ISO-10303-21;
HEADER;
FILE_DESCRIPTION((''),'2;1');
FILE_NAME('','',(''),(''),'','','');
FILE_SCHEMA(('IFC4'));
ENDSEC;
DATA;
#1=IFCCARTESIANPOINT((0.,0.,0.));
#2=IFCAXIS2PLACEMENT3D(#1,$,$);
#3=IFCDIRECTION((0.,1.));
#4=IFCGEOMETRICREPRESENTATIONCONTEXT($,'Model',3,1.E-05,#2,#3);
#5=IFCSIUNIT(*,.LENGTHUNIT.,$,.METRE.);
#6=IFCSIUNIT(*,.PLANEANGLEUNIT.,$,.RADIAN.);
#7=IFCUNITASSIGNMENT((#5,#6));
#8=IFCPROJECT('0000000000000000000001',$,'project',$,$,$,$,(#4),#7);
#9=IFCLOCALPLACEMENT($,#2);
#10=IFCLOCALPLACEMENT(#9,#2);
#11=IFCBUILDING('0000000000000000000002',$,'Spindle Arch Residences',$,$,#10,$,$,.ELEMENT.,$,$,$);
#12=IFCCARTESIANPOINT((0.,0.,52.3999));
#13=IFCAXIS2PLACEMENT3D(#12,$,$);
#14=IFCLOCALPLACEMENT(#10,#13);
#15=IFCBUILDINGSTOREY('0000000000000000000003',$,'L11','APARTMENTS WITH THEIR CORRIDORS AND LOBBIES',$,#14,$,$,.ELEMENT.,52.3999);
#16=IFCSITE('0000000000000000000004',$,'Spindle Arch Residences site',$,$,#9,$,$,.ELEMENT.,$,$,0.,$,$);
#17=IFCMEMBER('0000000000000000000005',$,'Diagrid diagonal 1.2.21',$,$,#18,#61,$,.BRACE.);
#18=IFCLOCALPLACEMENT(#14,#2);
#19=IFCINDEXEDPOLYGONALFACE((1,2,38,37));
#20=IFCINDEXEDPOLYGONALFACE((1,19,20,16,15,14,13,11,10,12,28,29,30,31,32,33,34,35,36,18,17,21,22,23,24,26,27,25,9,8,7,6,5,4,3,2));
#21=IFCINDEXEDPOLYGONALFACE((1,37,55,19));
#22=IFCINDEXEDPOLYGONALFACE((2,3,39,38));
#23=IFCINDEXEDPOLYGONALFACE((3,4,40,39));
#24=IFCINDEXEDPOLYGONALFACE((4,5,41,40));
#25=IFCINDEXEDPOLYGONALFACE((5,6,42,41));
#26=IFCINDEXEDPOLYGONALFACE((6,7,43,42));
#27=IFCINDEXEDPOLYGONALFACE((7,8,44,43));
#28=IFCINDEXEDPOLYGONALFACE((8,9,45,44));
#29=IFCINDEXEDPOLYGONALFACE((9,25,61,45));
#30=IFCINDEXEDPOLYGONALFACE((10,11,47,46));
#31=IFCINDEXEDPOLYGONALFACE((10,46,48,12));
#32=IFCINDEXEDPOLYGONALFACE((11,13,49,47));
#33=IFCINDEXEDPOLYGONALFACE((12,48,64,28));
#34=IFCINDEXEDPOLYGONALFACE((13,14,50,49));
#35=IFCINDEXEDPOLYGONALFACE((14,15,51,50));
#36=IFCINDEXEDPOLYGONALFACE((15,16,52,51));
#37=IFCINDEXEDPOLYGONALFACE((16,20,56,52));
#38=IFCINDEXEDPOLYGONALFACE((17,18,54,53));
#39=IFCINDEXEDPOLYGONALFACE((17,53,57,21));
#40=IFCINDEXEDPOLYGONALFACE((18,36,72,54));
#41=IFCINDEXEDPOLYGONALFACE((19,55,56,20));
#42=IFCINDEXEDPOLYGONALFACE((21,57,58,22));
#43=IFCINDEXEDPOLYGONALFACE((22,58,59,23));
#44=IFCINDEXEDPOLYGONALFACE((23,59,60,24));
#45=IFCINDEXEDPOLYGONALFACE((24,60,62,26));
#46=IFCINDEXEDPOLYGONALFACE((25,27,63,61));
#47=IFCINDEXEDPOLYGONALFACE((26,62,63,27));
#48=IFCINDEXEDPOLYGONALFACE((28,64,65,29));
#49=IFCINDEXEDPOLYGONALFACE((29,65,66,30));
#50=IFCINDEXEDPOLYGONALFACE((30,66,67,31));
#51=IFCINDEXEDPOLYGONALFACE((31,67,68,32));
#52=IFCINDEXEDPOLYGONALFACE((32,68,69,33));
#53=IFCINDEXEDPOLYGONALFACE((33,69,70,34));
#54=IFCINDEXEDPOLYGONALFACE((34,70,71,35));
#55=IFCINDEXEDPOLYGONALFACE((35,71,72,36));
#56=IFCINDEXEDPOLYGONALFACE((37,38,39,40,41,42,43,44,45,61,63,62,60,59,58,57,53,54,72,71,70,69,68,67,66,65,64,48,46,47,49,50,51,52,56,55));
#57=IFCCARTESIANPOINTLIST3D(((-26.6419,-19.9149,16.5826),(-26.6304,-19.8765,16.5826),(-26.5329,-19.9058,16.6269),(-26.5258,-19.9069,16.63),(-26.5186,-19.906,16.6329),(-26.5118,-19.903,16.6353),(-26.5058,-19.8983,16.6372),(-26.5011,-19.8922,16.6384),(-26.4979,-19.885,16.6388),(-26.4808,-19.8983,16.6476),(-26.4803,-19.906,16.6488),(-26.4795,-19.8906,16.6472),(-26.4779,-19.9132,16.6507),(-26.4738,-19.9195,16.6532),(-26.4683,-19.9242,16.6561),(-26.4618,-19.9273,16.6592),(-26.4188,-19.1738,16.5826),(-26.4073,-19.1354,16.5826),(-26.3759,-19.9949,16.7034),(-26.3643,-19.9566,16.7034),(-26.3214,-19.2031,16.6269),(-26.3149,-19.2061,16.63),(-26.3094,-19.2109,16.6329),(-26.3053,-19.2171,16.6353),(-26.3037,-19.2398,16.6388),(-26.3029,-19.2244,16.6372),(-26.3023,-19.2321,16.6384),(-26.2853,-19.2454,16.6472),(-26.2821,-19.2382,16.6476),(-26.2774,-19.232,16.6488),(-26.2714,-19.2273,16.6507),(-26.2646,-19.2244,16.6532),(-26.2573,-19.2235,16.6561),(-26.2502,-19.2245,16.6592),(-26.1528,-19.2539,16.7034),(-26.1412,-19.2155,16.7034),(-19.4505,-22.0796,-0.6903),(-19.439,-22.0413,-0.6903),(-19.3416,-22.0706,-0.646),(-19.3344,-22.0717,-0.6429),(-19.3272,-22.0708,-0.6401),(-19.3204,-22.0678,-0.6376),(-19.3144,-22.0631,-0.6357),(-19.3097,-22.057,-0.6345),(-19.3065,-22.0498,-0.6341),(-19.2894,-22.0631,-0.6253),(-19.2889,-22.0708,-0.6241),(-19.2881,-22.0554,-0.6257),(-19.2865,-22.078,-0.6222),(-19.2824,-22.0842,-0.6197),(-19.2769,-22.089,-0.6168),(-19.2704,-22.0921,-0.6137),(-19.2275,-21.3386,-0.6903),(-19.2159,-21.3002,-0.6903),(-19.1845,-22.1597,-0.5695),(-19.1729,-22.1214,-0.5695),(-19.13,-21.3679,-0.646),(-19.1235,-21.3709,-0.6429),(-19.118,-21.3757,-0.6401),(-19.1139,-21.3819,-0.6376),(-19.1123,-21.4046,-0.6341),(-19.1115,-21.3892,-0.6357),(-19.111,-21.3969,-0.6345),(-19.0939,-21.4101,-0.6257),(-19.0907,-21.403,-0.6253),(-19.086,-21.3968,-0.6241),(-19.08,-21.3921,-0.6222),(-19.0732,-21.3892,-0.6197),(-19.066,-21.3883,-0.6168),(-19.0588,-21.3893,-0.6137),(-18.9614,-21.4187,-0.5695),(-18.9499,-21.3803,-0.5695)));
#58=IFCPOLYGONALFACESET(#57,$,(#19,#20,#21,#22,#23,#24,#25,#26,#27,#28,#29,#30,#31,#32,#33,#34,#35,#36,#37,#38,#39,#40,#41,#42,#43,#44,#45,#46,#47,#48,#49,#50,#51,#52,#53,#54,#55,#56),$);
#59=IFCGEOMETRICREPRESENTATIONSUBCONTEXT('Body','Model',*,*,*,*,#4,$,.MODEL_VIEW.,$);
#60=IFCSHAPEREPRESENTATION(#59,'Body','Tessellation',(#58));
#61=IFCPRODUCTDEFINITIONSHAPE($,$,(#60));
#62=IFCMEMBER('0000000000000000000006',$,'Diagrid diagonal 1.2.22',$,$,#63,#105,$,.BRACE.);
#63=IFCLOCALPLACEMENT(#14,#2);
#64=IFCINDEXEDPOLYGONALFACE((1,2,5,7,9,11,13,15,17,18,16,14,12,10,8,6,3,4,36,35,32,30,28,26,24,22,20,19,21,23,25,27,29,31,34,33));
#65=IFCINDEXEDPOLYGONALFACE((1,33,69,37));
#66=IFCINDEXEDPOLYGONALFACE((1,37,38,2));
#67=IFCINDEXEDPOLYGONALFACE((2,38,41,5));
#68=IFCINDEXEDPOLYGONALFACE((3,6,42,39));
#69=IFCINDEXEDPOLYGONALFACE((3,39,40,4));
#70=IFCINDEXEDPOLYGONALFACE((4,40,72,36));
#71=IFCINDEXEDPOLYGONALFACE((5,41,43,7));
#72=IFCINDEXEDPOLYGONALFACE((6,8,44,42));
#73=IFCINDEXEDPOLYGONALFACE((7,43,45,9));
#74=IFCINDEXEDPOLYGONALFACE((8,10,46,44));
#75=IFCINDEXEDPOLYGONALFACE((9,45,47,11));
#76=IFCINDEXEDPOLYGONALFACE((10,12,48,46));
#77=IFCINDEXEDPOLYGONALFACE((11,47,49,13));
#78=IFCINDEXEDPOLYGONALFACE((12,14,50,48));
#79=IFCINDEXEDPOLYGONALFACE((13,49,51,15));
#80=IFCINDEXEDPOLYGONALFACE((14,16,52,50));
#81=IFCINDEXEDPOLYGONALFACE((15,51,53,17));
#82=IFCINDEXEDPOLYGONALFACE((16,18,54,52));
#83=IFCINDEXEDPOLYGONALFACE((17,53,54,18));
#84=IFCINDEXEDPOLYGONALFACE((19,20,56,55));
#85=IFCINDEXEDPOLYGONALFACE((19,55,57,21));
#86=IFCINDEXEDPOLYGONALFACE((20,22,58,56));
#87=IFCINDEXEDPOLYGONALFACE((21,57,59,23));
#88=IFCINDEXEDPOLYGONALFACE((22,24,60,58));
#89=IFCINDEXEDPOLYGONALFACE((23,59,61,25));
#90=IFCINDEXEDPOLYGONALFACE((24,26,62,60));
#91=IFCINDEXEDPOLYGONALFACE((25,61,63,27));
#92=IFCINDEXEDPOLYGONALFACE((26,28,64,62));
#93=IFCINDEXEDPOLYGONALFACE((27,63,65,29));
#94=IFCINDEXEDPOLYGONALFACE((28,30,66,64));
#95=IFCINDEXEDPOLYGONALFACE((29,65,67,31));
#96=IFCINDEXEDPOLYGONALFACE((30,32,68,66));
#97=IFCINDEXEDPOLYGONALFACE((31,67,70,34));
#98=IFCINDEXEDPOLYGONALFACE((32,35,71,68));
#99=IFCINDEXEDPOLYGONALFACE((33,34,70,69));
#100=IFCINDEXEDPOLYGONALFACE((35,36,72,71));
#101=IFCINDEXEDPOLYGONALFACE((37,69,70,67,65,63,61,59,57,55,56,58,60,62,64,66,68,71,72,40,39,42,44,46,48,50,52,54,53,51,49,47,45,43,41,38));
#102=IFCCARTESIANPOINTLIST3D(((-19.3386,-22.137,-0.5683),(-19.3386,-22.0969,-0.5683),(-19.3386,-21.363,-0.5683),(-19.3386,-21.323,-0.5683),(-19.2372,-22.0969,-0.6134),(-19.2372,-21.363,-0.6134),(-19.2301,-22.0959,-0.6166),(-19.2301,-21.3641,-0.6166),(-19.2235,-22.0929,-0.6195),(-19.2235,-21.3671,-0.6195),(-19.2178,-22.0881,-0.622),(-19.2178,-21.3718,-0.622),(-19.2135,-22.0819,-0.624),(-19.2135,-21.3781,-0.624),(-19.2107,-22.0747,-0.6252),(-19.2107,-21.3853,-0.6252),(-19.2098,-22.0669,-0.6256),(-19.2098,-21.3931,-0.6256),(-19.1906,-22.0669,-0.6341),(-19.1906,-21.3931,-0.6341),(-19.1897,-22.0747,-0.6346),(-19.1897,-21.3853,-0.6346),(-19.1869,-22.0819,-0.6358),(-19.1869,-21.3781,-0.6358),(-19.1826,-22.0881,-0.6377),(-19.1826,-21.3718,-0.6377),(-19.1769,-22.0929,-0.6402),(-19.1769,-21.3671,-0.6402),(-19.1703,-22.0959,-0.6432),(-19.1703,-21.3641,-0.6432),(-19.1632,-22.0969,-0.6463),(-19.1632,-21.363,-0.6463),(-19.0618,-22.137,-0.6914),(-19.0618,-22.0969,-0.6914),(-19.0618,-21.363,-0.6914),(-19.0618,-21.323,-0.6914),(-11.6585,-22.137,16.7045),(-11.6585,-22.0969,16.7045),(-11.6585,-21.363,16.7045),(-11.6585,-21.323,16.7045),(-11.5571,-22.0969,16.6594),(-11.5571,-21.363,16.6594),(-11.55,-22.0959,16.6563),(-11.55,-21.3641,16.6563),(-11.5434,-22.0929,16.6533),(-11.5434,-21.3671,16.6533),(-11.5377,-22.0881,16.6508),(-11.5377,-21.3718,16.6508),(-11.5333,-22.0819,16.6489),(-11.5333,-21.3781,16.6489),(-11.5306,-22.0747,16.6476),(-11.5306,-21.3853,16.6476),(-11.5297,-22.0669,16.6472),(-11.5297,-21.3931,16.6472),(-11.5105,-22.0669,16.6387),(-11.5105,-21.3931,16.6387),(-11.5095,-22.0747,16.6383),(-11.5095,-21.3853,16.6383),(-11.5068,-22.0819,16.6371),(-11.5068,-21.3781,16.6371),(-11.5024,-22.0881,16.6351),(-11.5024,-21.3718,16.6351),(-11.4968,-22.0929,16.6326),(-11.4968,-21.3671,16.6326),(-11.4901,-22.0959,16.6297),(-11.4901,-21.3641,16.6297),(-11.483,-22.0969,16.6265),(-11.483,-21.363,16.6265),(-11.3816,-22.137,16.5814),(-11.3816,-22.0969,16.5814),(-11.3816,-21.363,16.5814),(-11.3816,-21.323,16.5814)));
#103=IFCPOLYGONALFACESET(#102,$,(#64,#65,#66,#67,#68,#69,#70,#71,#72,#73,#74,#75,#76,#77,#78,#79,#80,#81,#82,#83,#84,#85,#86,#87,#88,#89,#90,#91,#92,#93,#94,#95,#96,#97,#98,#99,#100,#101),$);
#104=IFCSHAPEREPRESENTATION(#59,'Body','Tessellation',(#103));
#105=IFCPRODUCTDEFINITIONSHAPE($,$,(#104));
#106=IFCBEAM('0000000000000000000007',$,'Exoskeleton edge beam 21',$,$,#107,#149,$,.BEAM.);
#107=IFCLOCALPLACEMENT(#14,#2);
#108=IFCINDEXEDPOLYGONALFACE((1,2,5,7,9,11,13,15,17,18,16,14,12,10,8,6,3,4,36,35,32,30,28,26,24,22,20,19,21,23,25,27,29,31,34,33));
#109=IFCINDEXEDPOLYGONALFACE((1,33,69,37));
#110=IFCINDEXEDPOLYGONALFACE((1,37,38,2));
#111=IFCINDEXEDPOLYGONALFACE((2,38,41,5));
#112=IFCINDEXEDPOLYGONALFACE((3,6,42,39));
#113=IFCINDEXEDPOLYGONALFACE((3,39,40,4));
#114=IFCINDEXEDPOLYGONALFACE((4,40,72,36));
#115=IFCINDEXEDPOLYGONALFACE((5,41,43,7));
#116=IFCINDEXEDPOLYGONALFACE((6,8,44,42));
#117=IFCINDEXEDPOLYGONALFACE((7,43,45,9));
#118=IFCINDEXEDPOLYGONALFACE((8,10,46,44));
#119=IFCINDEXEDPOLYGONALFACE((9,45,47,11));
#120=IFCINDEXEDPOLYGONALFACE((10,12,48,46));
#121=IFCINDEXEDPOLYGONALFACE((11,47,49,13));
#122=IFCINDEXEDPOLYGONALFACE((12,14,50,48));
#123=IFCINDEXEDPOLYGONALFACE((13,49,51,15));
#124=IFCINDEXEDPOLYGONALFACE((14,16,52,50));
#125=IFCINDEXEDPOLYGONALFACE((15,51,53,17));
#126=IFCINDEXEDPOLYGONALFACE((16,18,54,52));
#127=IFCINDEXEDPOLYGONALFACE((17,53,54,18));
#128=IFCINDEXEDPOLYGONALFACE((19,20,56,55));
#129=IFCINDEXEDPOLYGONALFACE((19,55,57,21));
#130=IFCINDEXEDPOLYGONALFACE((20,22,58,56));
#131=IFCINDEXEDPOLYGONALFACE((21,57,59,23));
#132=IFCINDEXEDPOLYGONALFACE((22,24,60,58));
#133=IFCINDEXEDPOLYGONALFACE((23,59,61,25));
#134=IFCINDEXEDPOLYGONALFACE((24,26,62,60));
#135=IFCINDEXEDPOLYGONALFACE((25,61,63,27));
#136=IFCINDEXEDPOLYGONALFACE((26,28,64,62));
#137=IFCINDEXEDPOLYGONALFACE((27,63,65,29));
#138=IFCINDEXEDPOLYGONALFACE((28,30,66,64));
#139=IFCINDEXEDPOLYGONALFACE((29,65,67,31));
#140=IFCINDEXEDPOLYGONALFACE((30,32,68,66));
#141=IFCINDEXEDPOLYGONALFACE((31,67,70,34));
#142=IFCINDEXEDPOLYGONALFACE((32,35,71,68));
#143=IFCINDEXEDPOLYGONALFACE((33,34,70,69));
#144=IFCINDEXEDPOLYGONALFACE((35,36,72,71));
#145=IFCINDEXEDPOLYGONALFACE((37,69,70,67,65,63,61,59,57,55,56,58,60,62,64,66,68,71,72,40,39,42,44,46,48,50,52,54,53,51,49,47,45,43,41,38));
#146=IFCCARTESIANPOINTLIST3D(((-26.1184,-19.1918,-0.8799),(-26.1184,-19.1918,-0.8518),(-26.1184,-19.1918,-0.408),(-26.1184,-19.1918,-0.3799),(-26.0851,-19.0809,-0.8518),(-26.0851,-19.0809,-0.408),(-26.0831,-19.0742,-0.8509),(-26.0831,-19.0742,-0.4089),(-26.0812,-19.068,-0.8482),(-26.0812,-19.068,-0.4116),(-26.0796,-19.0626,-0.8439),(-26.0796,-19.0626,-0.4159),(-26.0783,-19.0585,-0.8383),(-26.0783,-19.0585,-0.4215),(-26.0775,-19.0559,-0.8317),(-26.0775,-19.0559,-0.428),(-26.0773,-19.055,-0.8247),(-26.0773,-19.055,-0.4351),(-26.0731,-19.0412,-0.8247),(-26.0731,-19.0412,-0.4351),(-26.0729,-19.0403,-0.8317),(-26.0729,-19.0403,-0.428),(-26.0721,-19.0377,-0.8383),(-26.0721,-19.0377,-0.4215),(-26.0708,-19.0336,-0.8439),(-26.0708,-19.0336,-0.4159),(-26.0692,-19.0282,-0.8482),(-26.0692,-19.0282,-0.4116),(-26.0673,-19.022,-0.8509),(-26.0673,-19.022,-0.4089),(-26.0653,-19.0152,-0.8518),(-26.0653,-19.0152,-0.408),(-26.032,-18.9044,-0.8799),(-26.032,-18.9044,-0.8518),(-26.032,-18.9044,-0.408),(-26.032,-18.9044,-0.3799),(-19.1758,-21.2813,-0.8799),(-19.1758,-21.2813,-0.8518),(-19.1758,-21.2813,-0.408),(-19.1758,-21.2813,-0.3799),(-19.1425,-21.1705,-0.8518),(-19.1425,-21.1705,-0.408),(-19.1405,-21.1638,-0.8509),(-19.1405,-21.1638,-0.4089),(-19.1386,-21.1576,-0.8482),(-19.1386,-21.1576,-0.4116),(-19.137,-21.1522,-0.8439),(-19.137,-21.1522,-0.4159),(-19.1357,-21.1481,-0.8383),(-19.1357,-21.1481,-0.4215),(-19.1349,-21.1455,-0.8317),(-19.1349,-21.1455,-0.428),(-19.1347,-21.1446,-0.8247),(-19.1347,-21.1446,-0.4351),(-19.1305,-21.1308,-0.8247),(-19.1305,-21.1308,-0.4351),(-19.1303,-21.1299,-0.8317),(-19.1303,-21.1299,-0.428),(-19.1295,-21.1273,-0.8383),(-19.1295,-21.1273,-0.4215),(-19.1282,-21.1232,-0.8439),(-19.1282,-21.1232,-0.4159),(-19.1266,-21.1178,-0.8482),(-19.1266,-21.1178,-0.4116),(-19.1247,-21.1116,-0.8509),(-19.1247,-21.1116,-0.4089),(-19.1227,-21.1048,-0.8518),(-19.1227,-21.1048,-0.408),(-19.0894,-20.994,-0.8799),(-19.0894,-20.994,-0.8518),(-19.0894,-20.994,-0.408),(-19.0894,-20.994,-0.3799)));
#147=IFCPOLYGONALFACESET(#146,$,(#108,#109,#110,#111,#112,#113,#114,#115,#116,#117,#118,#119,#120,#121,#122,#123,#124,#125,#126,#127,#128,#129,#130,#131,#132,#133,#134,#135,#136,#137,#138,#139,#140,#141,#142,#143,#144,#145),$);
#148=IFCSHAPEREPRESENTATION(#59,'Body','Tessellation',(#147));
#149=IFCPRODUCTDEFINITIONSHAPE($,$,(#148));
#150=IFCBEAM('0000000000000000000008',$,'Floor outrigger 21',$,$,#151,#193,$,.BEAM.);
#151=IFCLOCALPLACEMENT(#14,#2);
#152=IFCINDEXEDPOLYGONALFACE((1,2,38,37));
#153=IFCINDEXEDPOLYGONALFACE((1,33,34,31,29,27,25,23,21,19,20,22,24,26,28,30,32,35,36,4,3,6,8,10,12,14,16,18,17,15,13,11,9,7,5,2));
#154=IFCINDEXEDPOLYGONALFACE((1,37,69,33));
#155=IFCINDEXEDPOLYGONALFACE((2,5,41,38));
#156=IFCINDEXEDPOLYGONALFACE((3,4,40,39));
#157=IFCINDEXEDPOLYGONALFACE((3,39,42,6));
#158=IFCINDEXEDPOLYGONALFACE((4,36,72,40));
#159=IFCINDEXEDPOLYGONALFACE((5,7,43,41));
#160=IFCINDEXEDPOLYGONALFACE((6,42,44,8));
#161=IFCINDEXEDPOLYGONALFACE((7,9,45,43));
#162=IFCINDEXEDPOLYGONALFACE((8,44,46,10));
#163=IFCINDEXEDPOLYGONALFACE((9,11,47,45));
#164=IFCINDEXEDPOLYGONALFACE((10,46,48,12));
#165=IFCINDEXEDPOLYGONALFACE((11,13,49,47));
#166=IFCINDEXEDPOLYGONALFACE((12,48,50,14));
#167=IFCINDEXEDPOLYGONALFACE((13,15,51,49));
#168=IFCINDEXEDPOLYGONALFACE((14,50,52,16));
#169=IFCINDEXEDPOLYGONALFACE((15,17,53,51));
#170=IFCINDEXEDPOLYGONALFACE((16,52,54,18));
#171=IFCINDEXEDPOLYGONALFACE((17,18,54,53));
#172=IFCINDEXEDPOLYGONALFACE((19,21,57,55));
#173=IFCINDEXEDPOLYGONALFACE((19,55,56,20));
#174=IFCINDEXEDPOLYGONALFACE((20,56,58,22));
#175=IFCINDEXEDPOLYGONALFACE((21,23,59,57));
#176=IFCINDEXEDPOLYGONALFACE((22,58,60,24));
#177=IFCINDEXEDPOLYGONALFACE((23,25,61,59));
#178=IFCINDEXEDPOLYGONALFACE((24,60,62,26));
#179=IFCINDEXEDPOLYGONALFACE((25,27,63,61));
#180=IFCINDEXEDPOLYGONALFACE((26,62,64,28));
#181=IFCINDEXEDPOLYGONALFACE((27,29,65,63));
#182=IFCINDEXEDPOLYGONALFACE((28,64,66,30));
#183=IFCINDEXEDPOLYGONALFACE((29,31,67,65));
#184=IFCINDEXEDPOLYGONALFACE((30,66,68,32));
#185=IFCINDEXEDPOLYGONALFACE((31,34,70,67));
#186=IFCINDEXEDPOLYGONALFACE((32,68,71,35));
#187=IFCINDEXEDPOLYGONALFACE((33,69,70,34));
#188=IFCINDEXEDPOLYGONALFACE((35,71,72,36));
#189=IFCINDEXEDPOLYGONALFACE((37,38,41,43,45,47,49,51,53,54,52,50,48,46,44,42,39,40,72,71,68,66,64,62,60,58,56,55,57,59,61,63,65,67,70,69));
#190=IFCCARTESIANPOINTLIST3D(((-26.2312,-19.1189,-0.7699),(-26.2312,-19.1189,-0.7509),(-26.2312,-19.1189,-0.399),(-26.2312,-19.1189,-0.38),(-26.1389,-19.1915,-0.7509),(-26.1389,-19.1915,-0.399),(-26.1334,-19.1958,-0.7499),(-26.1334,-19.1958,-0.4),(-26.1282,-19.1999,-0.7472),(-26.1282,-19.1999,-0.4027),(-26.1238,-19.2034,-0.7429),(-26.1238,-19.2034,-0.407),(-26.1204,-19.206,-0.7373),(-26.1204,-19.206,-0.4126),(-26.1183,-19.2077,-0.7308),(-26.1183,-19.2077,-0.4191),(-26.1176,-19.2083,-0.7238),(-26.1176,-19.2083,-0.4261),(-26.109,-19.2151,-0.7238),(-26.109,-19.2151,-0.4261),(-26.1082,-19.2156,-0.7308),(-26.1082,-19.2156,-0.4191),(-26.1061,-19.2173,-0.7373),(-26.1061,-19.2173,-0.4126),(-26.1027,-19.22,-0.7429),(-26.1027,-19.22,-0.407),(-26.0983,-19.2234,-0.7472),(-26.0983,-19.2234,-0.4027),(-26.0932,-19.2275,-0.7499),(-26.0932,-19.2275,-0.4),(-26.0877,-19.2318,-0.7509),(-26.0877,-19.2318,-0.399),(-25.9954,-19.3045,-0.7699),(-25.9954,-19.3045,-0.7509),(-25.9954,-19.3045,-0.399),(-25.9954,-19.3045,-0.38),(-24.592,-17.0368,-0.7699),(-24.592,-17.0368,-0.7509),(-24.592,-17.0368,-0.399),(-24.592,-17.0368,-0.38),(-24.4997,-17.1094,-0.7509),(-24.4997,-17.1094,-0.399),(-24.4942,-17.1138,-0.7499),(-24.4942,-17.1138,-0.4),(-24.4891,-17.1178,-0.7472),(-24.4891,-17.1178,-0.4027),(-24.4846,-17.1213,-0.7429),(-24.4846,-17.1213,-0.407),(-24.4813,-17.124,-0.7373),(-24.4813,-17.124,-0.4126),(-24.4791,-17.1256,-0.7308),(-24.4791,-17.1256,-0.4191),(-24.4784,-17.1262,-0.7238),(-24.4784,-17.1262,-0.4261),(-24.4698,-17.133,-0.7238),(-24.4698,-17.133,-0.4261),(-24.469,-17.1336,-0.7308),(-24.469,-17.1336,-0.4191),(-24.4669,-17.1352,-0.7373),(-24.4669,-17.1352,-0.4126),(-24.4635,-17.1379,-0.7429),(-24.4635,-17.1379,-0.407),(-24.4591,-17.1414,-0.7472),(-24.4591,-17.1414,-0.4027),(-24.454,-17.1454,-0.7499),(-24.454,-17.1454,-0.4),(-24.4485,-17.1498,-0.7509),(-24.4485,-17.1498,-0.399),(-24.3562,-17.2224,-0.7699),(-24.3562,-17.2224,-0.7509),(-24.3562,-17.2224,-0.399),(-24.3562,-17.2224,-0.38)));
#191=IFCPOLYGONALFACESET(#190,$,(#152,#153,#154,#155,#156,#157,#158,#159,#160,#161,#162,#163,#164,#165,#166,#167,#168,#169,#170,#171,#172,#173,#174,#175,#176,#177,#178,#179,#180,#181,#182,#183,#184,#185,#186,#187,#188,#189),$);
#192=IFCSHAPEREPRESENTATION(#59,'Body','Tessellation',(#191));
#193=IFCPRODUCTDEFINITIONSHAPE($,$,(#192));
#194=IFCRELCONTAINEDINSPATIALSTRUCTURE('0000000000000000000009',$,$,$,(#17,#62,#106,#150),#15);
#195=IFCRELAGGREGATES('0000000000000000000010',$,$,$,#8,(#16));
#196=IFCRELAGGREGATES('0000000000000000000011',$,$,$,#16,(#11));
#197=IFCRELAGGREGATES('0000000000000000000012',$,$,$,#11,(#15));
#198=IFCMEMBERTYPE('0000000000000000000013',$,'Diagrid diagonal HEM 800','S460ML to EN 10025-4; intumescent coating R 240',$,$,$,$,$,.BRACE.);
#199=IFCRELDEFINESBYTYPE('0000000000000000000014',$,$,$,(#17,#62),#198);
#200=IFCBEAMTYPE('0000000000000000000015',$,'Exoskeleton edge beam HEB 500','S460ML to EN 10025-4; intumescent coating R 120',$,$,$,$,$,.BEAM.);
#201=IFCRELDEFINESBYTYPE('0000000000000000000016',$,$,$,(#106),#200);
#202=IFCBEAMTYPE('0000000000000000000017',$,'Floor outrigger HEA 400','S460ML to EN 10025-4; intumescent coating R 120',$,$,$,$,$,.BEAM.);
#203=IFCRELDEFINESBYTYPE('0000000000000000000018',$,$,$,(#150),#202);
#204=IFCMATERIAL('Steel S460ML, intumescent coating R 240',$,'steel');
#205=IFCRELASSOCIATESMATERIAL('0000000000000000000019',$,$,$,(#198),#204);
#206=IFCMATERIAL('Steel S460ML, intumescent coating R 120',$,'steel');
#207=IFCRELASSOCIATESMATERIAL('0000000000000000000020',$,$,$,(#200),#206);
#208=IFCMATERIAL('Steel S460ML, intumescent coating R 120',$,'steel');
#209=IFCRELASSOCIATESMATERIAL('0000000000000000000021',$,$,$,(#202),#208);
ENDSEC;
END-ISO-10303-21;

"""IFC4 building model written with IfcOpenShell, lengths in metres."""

from ifc_helpers import new_model, si_unit, direction, frame, origin, origin_2d, place, context, subcontext, project, spatial, i_section, extrude, material, material_profile, profile_set, type_object, element, save


model = new_model("IFC4")

# Units and contexts
model_context = context("Model", 3, precision=1e-05, world=origin(), true_north=direction((0.0, 1.0)))
body_context = subcontext(model_context, "Body", "Model", "MODEL_VIEW")
ifc_project = project(units=[si_unit("LENGTHUNIT", "METRE"), si_unit("PLANEANGLEUNIT", "RADIAN")], contexts=[model_context])

# Site, building, storey
site_placement = place(None, origin())
site = spatial("IfcSite", under=ifc_project, at=site_placement, Name="Spindle Arch Residences site", CompositionType="ELEMENT", RefElevation=0.0)
building_placement = place(site_placement, origin())
building = spatial("IfcBuilding", under=site, at=building_placement, Name="Spindle Arch Residences", CompositionType="ELEMENT")
storey_placement = place(building_placement, frame((0.0, 0.0, 52.3999)))
storey = spatial("IfcBuildingStorey", under=building, at=storey_placement, Name="L11", Description="APARTMENTS WITH THEIR CORRIDORS AND LOBBIES", CompositionType="ELEMENT", Elevation=52.3999)

# Members
ifc_material_1 = material(Name="Steel S460ML, intumescent coating R 240", Category="steel")
ifc_material_profile_1 = material_profile(ifc_material_1, i_section(OverallWidth=0.303, OverallDepth=0.814, WebThickness=0.021, FlangeThickness=0.04, FilletRadius=0.03, at=origin_2d()), Name="HEM 800")
ifc_profile_set_1 = profile_set([ifc_material_profile_1], Name="Steel S460ML, intumescent coating R 240")
member_type_1 = type_object("IfcMemberType", Name="Diagrid diagonal HEM 800", Description="S460ML to EN 10025-4; intumescent coating R 240", PredefinedType="BRACE", material=ifc_profile_set_1)
member_1_placement = place(storey_placement, frame((-19.2002, -21.73, -0.6299), z_axis=(-0.381811, 0.114935, 0.917066), x_axis=(0.878142, -0.264343, 0.398735)))
element("IfcMember", 1, at=member_1_placement, inside=storey, type_object=member_type_1, Name="Diagrid diagonal 1.2.21", PredefinedType="BRACE", context=body_context, shape_type="SweptSolid", body=[
    extrude(i_section(OverallWidth=0.303, OverallDepth=0.814, WebThickness=0.021, FlangeThickness=0.04, FilletRadius=0.03, at=origin_2d()), origin(), (0.0, 0.0, 1.0), 18.835),
])
member_2_placement = place(storey_placement, frame((-19.2002, -21.73, -0.6299), z_axis=(0.406285, 0.0, 0.913747), x_axis=(-0.913747, 0.0, 0.406285)))
element("IfcMember", 2, at=member_2_placement, inside=storey, type_object=member_type_1, Name="Diagrid diagonal 1.2.22", PredefinedType="BRACE", context=body_context, shape_type="SweptSolid", body=[
    extrude(i_section(OverallWidth=0.303, OverallDepth=0.814, WebThickness=0.021, FlangeThickness=0.04, FilletRadius=0.03, at=origin_2d()), origin(), (0.0, 0.0, 1.0), 18.9033),
])

# Beams
ifc_material_2 = material(Name="Steel S460ML, intumescent coating R 120", Category="steel")
ifc_material_profile_2 = material_profile(ifc_material_2, i_section(OverallWidth=0.3, OverallDepth=0.5, WebThickness=0.0144, FlangeThickness=0.0281, FilletRadius=0.0271, at=origin_2d()), Name="HEB 500")
ifc_profile_set_2 = profile_set([ifc_material_profile_2], Name="Steel S460ML, intumescent coating R 120")
beam_type_1 = type_object("IfcBeamType", Name="Exoskeleton edge beam HEB 500", Description="S460ML to EN 10025-4; intumescent coating R 120", PredefinedType="BEAM", material=ifc_profile_set_2)
beam_1_placement = place(storey_placement, frame((-26.0752, -19.0481, -0.6299), z_axis=(0.957567, -0.28821, 0.0), x_axis=(0.28821, 0.957567, 0.0)))
element("IfcBeam", 3, at=beam_1_placement, inside=storey, type_object=beam_type_1, Name="Exoskeleton edge beam 21", PredefinedType="BEAM", context=body_context, shape_type="SweptSolid", body=[
    extrude(i_section(OverallWidth=0.3, OverallDepth=0.5, WebThickness=0.0144, FlangeThickness=0.0281, FilletRadius=0.0271, at=origin_2d()), origin(), (0.0, 0.0, 1.0), 7.2502),
])
ifc_material_3 = material(Name="Steel S460ML, intumescent coating R 120", Category="steel")
ifc_material_profile_3 = material_profile(ifc_material_3, i_section(OverallWidth=0.3, OverallDepth=0.3899, WebThickness=0.011, FlangeThickness=0.019, FilletRadius=0.0271, at=origin_2d()), Name="HEA 400")
ifc_profile_set_3 = profile_set([ifc_material_profile_3], Name="Steel S460ML, intumescent coating R 120")
beam_type_2 = type_object("IfcBeamType", Name="Floor outrigger HEA 400", Description="S460ML to EN 10025-4; intumescent coating R 120", PredefinedType="BEAM", material=ifc_profile_set_3)
beam_2_placement = place(storey_placement, frame((-26.1133, -19.2117, -0.575), z_axis=(0.618586, 0.785717, 0.0), x_axis=(-0.785717, 0.618586, 0.0)))
element("IfcBeam", 4, at=beam_2_placement, inside=storey, type_object=beam_type_2, Name="Floor outrigger 21", PredefinedType="BEAM", context=body_context, shape_type="SweptSolid", body=[
    extrude(i_section(OverallWidth=0.3, OverallDepth=0.3899, WebThickness=0.011, FlangeThickness=0.019, FilletRadius=0.0271, at=origin_2d()), origin(), (0.0, 0.0, 1.0), 2.6499),
])

save(model, "model.ifc")
